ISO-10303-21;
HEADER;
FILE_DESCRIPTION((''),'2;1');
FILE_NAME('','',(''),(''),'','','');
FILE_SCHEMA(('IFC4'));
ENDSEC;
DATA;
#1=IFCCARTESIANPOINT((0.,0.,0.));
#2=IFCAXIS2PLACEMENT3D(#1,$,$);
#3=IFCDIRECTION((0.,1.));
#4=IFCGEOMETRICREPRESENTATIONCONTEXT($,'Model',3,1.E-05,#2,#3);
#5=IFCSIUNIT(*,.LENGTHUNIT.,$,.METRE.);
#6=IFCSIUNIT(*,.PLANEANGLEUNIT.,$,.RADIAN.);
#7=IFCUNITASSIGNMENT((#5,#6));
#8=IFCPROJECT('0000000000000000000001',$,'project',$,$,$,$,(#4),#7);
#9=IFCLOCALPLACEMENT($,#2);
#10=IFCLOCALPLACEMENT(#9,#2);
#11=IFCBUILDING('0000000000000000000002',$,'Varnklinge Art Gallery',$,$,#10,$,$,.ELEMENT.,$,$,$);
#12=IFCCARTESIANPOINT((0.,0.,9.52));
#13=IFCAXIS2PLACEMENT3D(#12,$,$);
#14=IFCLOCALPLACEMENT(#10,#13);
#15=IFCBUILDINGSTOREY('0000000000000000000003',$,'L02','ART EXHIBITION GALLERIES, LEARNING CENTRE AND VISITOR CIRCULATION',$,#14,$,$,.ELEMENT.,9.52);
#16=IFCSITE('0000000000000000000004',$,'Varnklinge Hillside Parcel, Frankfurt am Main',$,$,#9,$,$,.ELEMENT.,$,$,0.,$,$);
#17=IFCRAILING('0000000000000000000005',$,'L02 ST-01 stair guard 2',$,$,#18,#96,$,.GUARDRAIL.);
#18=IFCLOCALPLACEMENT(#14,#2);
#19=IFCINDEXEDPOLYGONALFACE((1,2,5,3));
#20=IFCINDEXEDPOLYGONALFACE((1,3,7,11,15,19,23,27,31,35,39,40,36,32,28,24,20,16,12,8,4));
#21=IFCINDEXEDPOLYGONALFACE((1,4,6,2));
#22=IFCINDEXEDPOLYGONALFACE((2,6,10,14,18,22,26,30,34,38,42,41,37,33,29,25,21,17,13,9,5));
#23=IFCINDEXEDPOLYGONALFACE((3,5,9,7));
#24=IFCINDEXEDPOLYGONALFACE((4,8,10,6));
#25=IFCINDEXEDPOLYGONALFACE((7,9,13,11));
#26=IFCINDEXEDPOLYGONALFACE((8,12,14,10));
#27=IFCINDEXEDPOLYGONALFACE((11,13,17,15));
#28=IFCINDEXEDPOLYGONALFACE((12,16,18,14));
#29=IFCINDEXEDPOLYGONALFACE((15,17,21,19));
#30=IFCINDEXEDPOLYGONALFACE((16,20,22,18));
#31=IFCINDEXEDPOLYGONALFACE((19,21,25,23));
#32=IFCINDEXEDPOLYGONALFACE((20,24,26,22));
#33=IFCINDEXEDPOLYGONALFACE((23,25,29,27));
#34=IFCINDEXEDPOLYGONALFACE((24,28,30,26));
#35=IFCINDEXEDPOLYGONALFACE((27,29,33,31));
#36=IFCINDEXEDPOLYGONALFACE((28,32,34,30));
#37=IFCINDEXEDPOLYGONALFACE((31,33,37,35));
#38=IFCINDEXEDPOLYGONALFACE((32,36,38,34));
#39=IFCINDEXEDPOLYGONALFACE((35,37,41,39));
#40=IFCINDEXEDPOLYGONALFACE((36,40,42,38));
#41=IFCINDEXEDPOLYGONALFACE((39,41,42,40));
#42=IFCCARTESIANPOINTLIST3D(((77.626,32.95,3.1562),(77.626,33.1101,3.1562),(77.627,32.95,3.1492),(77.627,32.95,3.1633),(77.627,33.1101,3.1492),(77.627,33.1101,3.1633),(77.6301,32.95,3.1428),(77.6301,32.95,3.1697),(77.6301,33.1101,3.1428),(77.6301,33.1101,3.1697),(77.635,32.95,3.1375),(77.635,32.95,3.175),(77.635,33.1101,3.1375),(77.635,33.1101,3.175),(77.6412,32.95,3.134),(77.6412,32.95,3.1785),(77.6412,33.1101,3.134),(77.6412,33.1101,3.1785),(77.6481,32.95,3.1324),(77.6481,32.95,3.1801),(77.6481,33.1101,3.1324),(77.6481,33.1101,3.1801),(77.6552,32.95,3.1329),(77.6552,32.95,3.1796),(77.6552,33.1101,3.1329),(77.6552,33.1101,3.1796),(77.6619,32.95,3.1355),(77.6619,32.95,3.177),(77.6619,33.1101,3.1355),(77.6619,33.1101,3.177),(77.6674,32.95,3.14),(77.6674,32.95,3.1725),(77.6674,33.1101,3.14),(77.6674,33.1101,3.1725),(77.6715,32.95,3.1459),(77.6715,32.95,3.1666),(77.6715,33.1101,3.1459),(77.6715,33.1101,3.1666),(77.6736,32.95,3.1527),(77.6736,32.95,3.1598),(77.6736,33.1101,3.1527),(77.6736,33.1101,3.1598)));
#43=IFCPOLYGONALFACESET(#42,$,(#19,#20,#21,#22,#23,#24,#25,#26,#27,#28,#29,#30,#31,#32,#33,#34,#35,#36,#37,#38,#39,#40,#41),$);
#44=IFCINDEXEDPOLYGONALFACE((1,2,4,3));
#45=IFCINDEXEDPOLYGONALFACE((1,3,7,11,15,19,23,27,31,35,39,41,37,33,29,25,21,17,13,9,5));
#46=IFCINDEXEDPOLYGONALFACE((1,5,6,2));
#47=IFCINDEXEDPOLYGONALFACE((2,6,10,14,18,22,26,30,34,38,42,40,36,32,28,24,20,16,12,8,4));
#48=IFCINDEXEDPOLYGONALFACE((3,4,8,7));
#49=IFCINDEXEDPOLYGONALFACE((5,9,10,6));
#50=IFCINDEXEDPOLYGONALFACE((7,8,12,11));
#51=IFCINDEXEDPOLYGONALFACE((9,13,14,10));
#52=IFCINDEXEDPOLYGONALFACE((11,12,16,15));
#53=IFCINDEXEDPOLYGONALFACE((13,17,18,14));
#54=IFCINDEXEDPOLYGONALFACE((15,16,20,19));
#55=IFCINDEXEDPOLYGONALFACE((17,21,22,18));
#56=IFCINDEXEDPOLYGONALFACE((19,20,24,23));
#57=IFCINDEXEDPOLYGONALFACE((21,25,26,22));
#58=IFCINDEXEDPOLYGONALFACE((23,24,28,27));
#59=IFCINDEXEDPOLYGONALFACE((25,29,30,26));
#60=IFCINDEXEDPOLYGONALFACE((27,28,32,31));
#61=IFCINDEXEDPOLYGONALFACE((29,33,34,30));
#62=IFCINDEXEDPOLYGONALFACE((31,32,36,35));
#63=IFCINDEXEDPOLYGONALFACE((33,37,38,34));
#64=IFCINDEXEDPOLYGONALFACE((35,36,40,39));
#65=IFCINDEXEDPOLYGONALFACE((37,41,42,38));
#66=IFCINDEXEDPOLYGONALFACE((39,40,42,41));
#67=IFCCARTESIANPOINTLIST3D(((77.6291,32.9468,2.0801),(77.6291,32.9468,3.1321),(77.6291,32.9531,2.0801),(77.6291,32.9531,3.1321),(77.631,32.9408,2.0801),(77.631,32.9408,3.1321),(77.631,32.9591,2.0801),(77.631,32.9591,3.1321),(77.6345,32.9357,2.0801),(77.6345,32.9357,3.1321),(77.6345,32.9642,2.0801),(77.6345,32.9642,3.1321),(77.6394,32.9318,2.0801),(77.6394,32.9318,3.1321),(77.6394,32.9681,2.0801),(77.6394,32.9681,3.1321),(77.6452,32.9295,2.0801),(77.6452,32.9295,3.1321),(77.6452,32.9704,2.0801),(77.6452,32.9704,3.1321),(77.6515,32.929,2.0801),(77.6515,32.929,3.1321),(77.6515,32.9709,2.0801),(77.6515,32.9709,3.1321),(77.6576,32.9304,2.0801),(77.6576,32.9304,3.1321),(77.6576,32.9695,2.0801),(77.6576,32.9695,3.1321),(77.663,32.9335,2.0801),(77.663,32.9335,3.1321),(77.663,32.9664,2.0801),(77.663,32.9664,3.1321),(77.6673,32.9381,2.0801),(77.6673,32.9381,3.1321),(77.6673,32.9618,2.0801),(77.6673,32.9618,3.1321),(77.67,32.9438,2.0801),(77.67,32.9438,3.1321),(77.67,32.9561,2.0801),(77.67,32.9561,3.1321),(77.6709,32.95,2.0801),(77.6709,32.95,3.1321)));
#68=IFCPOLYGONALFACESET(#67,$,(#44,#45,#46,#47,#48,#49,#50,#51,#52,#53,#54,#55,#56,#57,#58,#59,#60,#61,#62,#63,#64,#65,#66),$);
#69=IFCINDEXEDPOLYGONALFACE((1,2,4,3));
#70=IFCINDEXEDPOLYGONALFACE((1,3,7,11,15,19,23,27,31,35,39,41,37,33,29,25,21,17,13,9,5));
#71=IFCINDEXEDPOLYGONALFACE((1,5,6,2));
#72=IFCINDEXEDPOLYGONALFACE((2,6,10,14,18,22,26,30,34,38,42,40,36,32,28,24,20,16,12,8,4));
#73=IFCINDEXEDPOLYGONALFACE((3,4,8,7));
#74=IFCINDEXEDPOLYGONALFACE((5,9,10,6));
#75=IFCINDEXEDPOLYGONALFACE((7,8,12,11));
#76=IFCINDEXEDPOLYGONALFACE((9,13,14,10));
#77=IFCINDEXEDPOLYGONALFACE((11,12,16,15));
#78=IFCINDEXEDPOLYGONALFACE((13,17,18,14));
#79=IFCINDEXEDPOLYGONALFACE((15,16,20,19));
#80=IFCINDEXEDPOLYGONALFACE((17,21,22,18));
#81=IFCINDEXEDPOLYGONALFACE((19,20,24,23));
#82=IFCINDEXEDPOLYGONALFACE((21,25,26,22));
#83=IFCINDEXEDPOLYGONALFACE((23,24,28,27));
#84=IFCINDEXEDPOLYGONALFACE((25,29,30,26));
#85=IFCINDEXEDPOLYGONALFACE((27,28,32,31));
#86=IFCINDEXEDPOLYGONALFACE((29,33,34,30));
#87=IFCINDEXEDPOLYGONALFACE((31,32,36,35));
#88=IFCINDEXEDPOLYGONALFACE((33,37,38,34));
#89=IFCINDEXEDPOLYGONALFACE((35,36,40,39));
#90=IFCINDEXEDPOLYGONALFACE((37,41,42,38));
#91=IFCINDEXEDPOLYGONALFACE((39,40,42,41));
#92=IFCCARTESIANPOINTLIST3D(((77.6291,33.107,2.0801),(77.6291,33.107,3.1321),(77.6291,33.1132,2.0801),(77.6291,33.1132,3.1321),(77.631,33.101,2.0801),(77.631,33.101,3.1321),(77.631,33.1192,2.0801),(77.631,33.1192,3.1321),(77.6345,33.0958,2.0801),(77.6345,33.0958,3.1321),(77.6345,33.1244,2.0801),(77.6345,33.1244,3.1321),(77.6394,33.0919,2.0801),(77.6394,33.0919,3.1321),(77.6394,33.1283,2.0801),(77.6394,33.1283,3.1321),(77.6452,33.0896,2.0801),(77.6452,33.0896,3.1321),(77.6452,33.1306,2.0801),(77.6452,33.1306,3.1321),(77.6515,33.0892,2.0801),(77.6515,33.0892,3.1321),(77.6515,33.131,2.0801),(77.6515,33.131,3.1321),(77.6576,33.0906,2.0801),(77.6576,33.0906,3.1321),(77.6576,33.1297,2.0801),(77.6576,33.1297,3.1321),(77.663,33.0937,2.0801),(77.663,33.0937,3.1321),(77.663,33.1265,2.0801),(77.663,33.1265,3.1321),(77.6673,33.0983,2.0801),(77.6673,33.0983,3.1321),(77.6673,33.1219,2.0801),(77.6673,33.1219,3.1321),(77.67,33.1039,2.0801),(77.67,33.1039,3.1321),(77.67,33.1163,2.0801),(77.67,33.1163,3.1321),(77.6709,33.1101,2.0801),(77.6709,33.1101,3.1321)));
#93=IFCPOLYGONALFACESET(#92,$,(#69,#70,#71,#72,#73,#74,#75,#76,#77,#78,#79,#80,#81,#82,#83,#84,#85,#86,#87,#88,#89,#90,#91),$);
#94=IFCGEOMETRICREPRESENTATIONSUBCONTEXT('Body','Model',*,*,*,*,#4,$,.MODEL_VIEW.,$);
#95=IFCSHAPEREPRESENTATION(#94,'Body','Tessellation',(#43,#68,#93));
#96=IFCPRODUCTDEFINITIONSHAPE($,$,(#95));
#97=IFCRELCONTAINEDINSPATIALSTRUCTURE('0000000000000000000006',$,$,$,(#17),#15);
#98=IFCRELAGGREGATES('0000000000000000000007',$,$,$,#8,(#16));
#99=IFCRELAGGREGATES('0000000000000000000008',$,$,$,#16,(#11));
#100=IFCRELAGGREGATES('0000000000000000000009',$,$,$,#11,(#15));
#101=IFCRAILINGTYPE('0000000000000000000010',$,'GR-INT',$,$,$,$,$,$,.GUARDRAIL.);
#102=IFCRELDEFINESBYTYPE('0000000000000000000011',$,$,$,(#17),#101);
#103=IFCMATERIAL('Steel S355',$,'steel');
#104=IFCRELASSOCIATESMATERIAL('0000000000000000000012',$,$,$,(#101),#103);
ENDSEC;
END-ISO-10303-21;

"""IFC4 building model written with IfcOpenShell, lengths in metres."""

from ifc_helpers import new_model, si_unit, direction, frame, origin, origin_2d, place, context, subcontext, project, spatial, circle, extrude, material, type_object, element, save


model = new_model("IFC4")

# Units and contexts
model_context = context("Model", 3, precision=1e-05, world=origin(), true_north=direction((0.0, 1.0)))
body_context = subcontext(model_context, "Body", "Model", "MODEL_VIEW")
ifc_project = project(units=[si_unit("LENGTHUNIT", "METRE"), si_unit("PLANEANGLEUNIT", "RADIAN")], contexts=[model_context])

# Site, building, storey
site_placement = place(None, origin())
site = spatial("IfcSite", under=ifc_project, at=site_placement, Name="Varnklinge Hillside Parcel, Frankfurt am Main", CompositionType="ELEMENT", RefElevation=0.0)
building_placement = place(site_placement, origin())
building = spatial("IfcBuilding", under=site, at=building_placement, Name="Varnklinge Art Gallery", CompositionType="ELEMENT")
storey_placement = place(building_placement, frame((0.0, 0.0, 9.52)))
storey = spatial("IfcBuildingStorey", under=building, at=storey_placement, Name="L02", Description="ART EXHIBITION GALLERIES, LEARNING CENTRE AND VISITOR CIRCULATION", CompositionType="ELEMENT", Elevation=9.52)

# Railing
ifc_material_1 = material(Name="Steel S355", Category="steel")
railing_type_1 = type_object("IfcRailingType", Name="GR-INT", PredefinedType="GUARDRAIL", material=ifc_material_1)
railing_1_placement = place(storey_placement, frame((77.6499, 32.95, 2.0801)))
element("IfcRailing", 1, at=railing_1_placement, inside=storey, type_object=railing_type_1, Name="L02 ST-01 stair guard 2", PredefinedType="GUARDRAIL", context=body_context, shape_type="SweptSolid", body=[
    extrude(circle(Radius=0.0239, at=origin_2d()), frame((0.0, 0.0, 1.0762), z_axis=(0.0, 1.0, 0.0), x_axis=(-1.0, 0.0, 0.0)), (0.0, 0.0, 1.0), 0.1602),
    extrude(circle(Radius=0.021, at=origin_2d()), origin(), (0.0, 0.0, 1.0), 1.052),
    extrude(circle(Radius=0.021, at=origin_2d()), frame((0.0, 0.1602, 0.0)), (0.0, 0.0, 1.0), 1.052),
])

save(model, "model.ifc")
